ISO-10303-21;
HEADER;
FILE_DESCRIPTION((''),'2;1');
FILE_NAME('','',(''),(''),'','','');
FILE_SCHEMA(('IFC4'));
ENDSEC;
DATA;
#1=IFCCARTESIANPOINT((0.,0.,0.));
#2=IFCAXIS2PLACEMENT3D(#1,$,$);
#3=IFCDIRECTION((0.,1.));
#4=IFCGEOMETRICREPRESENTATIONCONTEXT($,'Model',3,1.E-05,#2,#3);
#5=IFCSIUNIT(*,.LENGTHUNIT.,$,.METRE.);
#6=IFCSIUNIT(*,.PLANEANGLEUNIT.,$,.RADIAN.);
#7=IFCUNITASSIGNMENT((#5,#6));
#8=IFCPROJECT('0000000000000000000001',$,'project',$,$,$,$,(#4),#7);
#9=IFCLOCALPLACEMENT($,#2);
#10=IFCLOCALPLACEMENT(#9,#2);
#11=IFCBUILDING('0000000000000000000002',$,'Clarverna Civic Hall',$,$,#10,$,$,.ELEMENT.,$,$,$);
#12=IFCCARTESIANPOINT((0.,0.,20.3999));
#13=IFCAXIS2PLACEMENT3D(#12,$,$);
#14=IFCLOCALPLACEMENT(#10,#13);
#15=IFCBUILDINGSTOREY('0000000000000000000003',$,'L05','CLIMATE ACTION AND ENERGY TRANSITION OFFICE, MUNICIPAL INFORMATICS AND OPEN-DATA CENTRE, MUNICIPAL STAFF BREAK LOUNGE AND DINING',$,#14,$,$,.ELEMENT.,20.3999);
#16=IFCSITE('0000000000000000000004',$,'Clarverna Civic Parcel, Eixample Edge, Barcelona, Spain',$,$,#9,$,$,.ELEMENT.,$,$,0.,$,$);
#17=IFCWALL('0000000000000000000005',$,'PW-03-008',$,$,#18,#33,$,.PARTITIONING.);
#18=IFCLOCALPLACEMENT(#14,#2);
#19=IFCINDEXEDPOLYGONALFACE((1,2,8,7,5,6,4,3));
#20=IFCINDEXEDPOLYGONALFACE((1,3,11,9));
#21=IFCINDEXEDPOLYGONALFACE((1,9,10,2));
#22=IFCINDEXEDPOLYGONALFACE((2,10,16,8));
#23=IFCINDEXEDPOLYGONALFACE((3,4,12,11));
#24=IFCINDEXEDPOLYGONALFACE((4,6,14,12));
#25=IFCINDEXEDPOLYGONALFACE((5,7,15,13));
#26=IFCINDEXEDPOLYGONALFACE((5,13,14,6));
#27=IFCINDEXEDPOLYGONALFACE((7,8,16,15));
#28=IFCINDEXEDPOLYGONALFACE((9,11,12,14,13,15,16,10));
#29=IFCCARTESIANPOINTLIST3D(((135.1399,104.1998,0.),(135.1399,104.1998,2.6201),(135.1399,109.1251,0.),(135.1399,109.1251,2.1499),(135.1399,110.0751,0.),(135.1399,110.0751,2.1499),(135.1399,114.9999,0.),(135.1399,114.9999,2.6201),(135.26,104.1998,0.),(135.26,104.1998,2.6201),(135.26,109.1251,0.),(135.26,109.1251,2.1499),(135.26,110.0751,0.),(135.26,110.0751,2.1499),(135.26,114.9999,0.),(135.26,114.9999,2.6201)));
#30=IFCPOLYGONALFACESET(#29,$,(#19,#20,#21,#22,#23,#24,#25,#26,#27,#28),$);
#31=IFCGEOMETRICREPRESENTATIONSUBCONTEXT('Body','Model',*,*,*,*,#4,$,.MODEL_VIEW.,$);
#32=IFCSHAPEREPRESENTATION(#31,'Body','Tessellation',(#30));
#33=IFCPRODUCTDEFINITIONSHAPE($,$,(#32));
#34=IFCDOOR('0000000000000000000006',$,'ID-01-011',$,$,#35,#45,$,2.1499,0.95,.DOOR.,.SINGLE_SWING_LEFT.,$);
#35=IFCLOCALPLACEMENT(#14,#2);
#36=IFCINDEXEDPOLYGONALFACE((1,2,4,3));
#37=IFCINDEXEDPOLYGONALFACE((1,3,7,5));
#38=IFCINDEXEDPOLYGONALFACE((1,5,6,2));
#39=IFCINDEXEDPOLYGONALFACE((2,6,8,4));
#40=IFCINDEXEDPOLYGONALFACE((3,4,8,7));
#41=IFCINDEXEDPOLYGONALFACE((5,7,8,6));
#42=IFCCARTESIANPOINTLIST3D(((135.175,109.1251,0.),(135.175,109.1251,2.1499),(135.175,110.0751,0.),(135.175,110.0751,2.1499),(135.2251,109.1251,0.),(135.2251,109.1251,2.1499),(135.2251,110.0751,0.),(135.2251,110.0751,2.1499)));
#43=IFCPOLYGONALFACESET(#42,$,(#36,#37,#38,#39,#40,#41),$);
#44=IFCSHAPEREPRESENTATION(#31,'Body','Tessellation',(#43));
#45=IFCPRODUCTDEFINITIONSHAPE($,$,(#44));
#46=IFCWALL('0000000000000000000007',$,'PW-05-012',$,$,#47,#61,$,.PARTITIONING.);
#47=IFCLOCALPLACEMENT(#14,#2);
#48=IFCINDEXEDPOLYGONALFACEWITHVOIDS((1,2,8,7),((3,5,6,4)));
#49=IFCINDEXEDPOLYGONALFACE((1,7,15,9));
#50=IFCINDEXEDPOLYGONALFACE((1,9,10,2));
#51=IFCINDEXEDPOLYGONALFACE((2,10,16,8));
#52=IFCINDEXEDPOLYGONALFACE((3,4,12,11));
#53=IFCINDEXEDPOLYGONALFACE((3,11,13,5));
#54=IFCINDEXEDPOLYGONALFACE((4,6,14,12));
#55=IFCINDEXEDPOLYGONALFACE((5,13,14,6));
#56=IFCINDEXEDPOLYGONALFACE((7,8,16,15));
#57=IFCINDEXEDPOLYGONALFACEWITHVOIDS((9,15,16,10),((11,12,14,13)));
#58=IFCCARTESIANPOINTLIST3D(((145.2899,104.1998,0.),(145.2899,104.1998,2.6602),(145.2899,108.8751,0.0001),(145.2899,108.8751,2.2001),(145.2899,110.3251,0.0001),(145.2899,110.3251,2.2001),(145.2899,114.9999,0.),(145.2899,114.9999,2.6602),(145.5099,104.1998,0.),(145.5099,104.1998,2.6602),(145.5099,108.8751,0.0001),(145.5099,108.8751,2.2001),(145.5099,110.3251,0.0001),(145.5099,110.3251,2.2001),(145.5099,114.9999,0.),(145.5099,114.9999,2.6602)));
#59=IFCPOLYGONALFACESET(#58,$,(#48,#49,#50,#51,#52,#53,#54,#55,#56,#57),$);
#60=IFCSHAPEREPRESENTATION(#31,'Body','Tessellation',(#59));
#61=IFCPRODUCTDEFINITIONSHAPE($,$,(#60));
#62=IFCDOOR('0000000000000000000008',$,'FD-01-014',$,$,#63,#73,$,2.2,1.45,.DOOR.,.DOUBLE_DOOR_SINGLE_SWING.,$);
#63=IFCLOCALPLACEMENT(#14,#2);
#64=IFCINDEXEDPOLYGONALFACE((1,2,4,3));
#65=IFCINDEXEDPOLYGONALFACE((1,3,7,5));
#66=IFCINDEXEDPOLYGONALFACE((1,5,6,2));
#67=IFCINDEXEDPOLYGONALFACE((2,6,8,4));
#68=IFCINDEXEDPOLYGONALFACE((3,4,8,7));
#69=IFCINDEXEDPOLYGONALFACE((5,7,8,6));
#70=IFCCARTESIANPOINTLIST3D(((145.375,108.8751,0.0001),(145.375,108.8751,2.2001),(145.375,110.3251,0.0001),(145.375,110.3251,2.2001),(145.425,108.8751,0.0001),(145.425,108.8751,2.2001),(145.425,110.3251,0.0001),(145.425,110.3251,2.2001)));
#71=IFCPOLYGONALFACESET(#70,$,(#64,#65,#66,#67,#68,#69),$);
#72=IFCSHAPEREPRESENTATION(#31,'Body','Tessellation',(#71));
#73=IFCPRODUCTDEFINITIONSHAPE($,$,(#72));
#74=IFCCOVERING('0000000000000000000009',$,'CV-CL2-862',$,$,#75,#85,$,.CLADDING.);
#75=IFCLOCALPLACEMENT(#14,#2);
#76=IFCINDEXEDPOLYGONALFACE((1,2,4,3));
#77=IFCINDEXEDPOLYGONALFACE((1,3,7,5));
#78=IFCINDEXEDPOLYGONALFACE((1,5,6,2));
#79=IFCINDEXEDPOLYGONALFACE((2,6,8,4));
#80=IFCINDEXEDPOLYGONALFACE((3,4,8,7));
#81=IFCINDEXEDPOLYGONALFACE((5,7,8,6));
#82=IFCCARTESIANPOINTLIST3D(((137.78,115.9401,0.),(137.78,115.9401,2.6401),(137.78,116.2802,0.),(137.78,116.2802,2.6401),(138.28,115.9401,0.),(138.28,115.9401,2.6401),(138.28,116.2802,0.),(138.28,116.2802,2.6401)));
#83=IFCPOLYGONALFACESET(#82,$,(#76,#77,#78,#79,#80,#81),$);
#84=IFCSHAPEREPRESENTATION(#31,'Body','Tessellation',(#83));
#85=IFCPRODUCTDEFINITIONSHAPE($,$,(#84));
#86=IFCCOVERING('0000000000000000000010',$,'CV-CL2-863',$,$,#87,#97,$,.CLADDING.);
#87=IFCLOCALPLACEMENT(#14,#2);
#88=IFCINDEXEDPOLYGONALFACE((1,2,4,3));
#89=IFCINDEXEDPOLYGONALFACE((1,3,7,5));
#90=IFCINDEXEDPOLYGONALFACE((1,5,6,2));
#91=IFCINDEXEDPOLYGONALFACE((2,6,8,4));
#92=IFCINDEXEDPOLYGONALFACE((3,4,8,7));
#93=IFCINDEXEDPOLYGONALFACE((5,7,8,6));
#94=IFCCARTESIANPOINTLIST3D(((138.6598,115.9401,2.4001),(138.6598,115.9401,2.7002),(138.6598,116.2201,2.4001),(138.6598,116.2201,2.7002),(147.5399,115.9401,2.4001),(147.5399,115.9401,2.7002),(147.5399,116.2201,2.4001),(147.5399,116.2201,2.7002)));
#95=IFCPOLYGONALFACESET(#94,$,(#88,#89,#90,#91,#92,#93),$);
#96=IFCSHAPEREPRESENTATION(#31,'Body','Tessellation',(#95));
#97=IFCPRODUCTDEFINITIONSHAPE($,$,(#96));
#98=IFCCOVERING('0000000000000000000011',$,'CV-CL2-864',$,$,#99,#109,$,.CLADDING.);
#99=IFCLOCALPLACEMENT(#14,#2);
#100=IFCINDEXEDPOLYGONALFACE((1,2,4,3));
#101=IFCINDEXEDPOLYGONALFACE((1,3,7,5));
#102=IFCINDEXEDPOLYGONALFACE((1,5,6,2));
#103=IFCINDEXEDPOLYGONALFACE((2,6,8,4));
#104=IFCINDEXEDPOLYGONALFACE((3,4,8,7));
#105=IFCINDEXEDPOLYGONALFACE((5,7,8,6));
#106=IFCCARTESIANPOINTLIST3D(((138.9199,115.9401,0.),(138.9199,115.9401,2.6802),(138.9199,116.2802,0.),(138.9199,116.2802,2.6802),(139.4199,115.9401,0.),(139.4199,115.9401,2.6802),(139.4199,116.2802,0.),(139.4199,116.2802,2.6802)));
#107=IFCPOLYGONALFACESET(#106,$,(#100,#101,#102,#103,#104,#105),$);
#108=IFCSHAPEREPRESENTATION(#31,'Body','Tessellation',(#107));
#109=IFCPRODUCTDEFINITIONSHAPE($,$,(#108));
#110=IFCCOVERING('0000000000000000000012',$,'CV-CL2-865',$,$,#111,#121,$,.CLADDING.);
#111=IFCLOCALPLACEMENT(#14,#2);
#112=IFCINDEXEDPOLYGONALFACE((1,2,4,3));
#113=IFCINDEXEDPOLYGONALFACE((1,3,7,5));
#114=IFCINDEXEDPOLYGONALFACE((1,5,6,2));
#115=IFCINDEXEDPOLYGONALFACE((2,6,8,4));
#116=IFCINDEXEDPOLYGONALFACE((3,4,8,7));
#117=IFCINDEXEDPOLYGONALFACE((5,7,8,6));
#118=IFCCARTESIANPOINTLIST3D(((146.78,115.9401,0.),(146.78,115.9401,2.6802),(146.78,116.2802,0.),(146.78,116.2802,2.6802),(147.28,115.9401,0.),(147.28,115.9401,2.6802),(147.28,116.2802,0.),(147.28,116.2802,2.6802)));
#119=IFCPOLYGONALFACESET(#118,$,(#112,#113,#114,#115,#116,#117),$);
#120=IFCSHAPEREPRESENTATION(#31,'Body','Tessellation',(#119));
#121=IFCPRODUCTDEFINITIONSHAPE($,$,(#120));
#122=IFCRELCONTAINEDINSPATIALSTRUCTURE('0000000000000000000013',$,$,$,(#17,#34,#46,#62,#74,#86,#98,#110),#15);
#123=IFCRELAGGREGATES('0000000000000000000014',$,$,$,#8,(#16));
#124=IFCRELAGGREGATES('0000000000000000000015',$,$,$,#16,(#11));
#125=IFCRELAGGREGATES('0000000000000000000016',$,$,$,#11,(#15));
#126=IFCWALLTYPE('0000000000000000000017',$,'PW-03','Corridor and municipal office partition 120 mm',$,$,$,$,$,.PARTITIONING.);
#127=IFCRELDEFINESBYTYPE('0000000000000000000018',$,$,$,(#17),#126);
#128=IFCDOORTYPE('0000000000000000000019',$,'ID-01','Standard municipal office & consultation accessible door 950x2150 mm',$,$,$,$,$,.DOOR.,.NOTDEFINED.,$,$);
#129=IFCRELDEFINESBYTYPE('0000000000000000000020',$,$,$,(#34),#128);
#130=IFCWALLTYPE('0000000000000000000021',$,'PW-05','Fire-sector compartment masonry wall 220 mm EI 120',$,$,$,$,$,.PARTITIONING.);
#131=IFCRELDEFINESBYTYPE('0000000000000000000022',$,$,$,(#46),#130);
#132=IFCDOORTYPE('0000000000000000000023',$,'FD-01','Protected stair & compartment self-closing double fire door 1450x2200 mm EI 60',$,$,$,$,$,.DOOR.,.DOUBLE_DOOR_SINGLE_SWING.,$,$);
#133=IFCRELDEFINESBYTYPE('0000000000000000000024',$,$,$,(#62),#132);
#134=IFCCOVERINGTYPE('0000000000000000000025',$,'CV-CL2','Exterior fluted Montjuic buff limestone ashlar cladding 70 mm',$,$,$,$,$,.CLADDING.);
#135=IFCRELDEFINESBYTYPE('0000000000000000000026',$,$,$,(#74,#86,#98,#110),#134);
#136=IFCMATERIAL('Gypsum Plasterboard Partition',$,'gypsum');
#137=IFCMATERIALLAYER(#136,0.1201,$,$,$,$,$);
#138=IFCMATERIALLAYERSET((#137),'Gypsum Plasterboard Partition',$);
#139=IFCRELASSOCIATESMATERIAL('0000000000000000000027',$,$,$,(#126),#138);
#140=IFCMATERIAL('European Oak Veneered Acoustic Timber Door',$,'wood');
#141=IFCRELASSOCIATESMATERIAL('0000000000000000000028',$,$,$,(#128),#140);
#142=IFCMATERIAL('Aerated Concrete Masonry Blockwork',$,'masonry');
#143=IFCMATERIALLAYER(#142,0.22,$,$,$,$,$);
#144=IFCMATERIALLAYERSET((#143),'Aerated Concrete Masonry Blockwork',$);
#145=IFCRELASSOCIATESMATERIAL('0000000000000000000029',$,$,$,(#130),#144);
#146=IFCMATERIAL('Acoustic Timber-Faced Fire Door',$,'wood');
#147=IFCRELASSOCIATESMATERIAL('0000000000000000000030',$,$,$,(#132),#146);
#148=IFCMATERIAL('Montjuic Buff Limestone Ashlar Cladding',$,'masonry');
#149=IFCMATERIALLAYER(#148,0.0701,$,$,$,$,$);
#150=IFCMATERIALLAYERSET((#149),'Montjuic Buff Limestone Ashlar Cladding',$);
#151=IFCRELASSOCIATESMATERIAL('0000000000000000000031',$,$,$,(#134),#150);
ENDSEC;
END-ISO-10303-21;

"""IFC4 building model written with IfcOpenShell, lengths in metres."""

from ifc_helpers import new_model, si_unit, direction, frame, frame_2d, origin, place, context, subcontext, project, spatial, rectangle, extrude, material, layer, layer_set, type_object, element, fill, save


model = new_model("IFC4")

# Units and contexts
model_context = context("Model", 3, precision=1e-05, world=origin(), true_north=direction((0.0, 1.0)))
body_context = subcontext(model_context, "Body", "Model", "MODEL_VIEW")
ifc_project = project(units=[si_unit("LENGTHUNIT", "METRE"), si_unit("PLANEANGLEUNIT", "RADIAN")], contexts=[model_context])

# Site, building, storey
site_placement = place(None, origin())
site = spatial("IfcSite", under=ifc_project, at=site_placement, Name="Clarverna Civic Parcel, Eixample Edge, Barcelona, Spain", CompositionType="ELEMENT", RefElevation=0.0)
building_placement = place(site_placement, origin())
building = spatial("IfcBuilding", under=site, at=building_placement, Name="Clarverna Civic Hall", CompositionType="ELEMENT")
storey_placement = place(building_placement, frame((0.0, 0.0, 20.3999)))
storey = spatial("IfcBuildingStorey", under=building, at=storey_placement, Name="L05", Description="CLIMATE ACTION AND ENERGY TRANSITION OFFICE, MUNICIPAL INFORMATICS AND OPEN-DATA CENTRE, MUNICIPAL STAFF BREAK LOUNGE AND DINING", CompositionType="ELEMENT", Elevation=20.3999)

# Walls, openings, doors
ifc_material_1 = material(Name="European Oak Veneered Acoustic Timber Door", Category="wood")
ifc_material_2 = material(Name="Gypsum Plasterboard Partition", Category="gypsum")
ifc_layer_1 = layer(ifc_material_2, 0.1201)
ifc_layer_set_1 = layer_set([ifc_layer_1], Name="Gypsum Plasterboard Partition")
wall_type_1 = type_object("IfcWallType", Name="PW-03", Description="Corridor and municipal office partition 120 mm", PredefinedType="PARTITIONING", material=ifc_layer_set_1)
wall_1_placement = place(storey_placement, frame((135.2, 104.2, 0.0), z_axis=(0.0, 0.0, 1.0), x_axis=(0.0, 1.0, 0.0)))
wall_1 = element("IfcWall", 1, at=wall_1_placement, inside=storey, type_object=wall_type_1, Name="PW-03-008", PredefinedType="PARTITIONING", context=body_context, shape_type="SweptSolid", body=[
    extrude(rectangle(XDim=10.8, YDim=0.1201, at=frame_2d((5.3999, 0.0))), origin(), (0.0, 0.0, 1.0), 2.6201),
])
opening_1_placement = place(wall_1_placement, frame((4.925, 0.0, 0.0)))
opening_1 = element("IfcOpeningElement", 2, at=opening_1_placement, cuts=wall_1, PredefinedType="OPENING", context=body_context, shape_type="SweptSolid", body=[
    extrude(rectangle(XDim=0.95, YDim=2.1499, at=frame_2d((0.4751, 1.075))), frame((0.0, 0.0701, 0.0), z_axis=(0.0, -1.0, 0.0), x_axis=(1.0, 0.0, 0.0)), (0.0, 0.0, 1.0), 0.1401),
])
door_type_1 = type_object("IfcDoorType", Name="ID-01", Description="Standard municipal office & consultation accessible door 950x2150 mm", OperationType="NOTDEFINED", PredefinedType="DOOR", material=ifc_material_1)
door_1_placement = place(opening_1_placement, origin())
door_1 = element("IfcDoor", 3, at=door_1_placement, inside=storey, type_object=door_type_1, Name="ID-01-011", OperationType="SINGLE_SWING_LEFT", OverallHeight=2.1499, OverallWidth=0.95, PredefinedType="DOOR", context=body_context, shape_type="SweptSolid", body=[
    extrude(rectangle(XDim=0.95, YDim=2.1499, at=frame_2d((0.4751, 1.075))), frame((0.0, 0.0249, 0.0), z_axis=(0.0, -1.0, 0.0), x_axis=(1.0, 0.0, 0.0)), (0.0, 0.0, 1.0), 0.05),
])
fill(opening_1, door_1)
ifc_material_3 = material(Name="Aerated Concrete Masonry Blockwork", Category="masonry")
ifc_layer_2 = layer(ifc_material_3, 0.22)
ifc_layer_set_2 = layer_set([ifc_layer_2], Name="Aerated Concrete Masonry Blockwork")
wall_type_2 = type_object("IfcWallType", Name="PW-05", Description="Fire-sector compartment masonry wall 220 mm EI 120", PredefinedType="PARTITIONING", material=ifc_layer_set_2)
wall_2_placement = place(storey_placement, frame((145.3999, 104.2, 0.0), z_axis=(0.0, 0.0, 1.0), x_axis=(0.0, 1.0, 0.0)))
wall_2 = element("IfcWall", 4, at=wall_2_placement, inside=storey, type_object=wall_type_2, Name="PW-05-012", PredefinedType="PARTITIONING", context=body_context, shape_type="SweptSolid", body=[
    extrude(rectangle(XDim=10.8, YDim=0.22, at=frame_2d((5.3999, 0.0))), origin(), (0.0, 0.0, 1.0), 2.6602),
])
opening_2_placement = place(wall_2_placement, frame((4.675, 0.0, 0.0)))
opening_2 = element("IfcOpeningElement", 5, at=opening_2_placement, cuts=wall_2, PredefinedType="OPENING", context=body_context, shape_type="SweptSolid", body=[
    extrude(rectangle(XDim=1.45, YDim=2.2, at=frame_2d((0.7251, 1.1001))), frame((0.0, 0.1199, 0.0), z_axis=(0.0, -1.0, 0.0), x_axis=(1.0, 0.0, 0.0)), (0.0, 0.0, 1.0), 0.24),
])
ifc_material_4 = material(Name="Acoustic Timber-Faced Fire Door", Category="wood")
door_type_2 = type_object("IfcDoorType", Name="FD-01", Description="Protected stair & compartment self-closing double fire door 1450x2200 mm EI 60", OperationType="DOUBLE_DOOR_SINGLE_SWING", PredefinedType="DOOR", material=ifc_material_4)
door_2_placement = place(opening_2_placement, origin())
door_2 = element("IfcDoor", 6, at=door_2_placement, inside=storey, type_object=door_type_2, Name="FD-01-014", OperationType="DOUBLE_DOOR_SINGLE_SWING", OverallHeight=2.2, OverallWidth=1.45, PredefinedType="DOOR", context=body_context, shape_type="SweptSolid", body=[
    extrude(rectangle(XDim=1.45, YDim=2.2, at=frame_2d((0.7251, 1.1001))), frame((0.0, 0.0249, 0.0), z_axis=(0.0, -1.0, 0.0), x_axis=(1.0, 0.0, 0.0)), (0.0, 0.0, 1.0), 0.05),
])
fill(opening_2, door_2)

# Coverings
ifc_material_5 = material(Name="Montjuic Buff Limestone Ashlar Cladding", Category="masonry")
ifc_layer_3 = layer(ifc_material_5, 0.0701)
ifc_layer_set_3 = layer_set([ifc_layer_3], Name="Montjuic Buff Limestone Ashlar Cladding")
covering_type = type_object("IfcCoveringType", Name="CV-CL2", Description="Exterior fluted Montjuic buff limestone ashlar cladding 70 mm", PredefinedType="CLADDING", material=ifc_layer_set_3)
covering_1_placement = place(storey_placement, frame((137.78, 116.1101, 0.0), z_axis=(0.0, 0.0, 1.0), x_axis=(1.0, 0.0, 0.0)))
element("IfcCovering", 7, at=covering_1_placement, inside=storey, type_object=covering_type, Name="CV-CL2-862", PredefinedType="CLADDING", context=body_context, shape_type="SweptSolid", body=[
    extrude(rectangle(XDim=0.5, YDim=0.3401, at=frame_2d((0.25, 0.0))), origin(), (0.0, 0.0, 1.0), 2.6401),
])
covering_2_placement = place(storey_placement, frame((138.6599, 116.0801, 2.4001), z_axis=(0.0, 0.0, 1.0), x_axis=(1.0, 0.0, 0.0)))
element("IfcCovering", 8, at=covering_2_placement, inside=storey, type_object=covering_type, Name="CV-CL2-863", PredefinedType="CLADDING", context=body_context, shape_type="SweptSolid", body=[
    extrude(rectangle(XDim=8.8801, YDim=0.28, at=frame_2d((4.4399, 0.0))), origin(), (0.0, 0.0, 1.0), 0.3),
])
for number, where, z_axis, x_axis, name in (
    (9, (138.9199, 116.1101, 0.0), (0.0, 0.0, 1.0), (1.0, 0.0, 0.0), "CV-CL2-864"),
    (10, (146.78, 116.1101, 0.0), (0.0, 0.0, 1.0), (1.0, 0.0, 0.0), "CV-CL2-865"),
):
    element("IfcCovering", number, at=place(storey_placement, frame(where, z_axis=z_axis, x_axis=x_axis)), inside=storey, type_object=covering_type, Name=name, PredefinedType="CLADDING", context=body_context, shape_type="SweptSolid", body=[
        extrude(rectangle(XDim=0.5, YDim=0.3401, at=frame_2d((0.25, 0.0))), origin(), (0.0, 0.0, 1.0), 2.6802),
    ])

save(model, "model.ifc")
